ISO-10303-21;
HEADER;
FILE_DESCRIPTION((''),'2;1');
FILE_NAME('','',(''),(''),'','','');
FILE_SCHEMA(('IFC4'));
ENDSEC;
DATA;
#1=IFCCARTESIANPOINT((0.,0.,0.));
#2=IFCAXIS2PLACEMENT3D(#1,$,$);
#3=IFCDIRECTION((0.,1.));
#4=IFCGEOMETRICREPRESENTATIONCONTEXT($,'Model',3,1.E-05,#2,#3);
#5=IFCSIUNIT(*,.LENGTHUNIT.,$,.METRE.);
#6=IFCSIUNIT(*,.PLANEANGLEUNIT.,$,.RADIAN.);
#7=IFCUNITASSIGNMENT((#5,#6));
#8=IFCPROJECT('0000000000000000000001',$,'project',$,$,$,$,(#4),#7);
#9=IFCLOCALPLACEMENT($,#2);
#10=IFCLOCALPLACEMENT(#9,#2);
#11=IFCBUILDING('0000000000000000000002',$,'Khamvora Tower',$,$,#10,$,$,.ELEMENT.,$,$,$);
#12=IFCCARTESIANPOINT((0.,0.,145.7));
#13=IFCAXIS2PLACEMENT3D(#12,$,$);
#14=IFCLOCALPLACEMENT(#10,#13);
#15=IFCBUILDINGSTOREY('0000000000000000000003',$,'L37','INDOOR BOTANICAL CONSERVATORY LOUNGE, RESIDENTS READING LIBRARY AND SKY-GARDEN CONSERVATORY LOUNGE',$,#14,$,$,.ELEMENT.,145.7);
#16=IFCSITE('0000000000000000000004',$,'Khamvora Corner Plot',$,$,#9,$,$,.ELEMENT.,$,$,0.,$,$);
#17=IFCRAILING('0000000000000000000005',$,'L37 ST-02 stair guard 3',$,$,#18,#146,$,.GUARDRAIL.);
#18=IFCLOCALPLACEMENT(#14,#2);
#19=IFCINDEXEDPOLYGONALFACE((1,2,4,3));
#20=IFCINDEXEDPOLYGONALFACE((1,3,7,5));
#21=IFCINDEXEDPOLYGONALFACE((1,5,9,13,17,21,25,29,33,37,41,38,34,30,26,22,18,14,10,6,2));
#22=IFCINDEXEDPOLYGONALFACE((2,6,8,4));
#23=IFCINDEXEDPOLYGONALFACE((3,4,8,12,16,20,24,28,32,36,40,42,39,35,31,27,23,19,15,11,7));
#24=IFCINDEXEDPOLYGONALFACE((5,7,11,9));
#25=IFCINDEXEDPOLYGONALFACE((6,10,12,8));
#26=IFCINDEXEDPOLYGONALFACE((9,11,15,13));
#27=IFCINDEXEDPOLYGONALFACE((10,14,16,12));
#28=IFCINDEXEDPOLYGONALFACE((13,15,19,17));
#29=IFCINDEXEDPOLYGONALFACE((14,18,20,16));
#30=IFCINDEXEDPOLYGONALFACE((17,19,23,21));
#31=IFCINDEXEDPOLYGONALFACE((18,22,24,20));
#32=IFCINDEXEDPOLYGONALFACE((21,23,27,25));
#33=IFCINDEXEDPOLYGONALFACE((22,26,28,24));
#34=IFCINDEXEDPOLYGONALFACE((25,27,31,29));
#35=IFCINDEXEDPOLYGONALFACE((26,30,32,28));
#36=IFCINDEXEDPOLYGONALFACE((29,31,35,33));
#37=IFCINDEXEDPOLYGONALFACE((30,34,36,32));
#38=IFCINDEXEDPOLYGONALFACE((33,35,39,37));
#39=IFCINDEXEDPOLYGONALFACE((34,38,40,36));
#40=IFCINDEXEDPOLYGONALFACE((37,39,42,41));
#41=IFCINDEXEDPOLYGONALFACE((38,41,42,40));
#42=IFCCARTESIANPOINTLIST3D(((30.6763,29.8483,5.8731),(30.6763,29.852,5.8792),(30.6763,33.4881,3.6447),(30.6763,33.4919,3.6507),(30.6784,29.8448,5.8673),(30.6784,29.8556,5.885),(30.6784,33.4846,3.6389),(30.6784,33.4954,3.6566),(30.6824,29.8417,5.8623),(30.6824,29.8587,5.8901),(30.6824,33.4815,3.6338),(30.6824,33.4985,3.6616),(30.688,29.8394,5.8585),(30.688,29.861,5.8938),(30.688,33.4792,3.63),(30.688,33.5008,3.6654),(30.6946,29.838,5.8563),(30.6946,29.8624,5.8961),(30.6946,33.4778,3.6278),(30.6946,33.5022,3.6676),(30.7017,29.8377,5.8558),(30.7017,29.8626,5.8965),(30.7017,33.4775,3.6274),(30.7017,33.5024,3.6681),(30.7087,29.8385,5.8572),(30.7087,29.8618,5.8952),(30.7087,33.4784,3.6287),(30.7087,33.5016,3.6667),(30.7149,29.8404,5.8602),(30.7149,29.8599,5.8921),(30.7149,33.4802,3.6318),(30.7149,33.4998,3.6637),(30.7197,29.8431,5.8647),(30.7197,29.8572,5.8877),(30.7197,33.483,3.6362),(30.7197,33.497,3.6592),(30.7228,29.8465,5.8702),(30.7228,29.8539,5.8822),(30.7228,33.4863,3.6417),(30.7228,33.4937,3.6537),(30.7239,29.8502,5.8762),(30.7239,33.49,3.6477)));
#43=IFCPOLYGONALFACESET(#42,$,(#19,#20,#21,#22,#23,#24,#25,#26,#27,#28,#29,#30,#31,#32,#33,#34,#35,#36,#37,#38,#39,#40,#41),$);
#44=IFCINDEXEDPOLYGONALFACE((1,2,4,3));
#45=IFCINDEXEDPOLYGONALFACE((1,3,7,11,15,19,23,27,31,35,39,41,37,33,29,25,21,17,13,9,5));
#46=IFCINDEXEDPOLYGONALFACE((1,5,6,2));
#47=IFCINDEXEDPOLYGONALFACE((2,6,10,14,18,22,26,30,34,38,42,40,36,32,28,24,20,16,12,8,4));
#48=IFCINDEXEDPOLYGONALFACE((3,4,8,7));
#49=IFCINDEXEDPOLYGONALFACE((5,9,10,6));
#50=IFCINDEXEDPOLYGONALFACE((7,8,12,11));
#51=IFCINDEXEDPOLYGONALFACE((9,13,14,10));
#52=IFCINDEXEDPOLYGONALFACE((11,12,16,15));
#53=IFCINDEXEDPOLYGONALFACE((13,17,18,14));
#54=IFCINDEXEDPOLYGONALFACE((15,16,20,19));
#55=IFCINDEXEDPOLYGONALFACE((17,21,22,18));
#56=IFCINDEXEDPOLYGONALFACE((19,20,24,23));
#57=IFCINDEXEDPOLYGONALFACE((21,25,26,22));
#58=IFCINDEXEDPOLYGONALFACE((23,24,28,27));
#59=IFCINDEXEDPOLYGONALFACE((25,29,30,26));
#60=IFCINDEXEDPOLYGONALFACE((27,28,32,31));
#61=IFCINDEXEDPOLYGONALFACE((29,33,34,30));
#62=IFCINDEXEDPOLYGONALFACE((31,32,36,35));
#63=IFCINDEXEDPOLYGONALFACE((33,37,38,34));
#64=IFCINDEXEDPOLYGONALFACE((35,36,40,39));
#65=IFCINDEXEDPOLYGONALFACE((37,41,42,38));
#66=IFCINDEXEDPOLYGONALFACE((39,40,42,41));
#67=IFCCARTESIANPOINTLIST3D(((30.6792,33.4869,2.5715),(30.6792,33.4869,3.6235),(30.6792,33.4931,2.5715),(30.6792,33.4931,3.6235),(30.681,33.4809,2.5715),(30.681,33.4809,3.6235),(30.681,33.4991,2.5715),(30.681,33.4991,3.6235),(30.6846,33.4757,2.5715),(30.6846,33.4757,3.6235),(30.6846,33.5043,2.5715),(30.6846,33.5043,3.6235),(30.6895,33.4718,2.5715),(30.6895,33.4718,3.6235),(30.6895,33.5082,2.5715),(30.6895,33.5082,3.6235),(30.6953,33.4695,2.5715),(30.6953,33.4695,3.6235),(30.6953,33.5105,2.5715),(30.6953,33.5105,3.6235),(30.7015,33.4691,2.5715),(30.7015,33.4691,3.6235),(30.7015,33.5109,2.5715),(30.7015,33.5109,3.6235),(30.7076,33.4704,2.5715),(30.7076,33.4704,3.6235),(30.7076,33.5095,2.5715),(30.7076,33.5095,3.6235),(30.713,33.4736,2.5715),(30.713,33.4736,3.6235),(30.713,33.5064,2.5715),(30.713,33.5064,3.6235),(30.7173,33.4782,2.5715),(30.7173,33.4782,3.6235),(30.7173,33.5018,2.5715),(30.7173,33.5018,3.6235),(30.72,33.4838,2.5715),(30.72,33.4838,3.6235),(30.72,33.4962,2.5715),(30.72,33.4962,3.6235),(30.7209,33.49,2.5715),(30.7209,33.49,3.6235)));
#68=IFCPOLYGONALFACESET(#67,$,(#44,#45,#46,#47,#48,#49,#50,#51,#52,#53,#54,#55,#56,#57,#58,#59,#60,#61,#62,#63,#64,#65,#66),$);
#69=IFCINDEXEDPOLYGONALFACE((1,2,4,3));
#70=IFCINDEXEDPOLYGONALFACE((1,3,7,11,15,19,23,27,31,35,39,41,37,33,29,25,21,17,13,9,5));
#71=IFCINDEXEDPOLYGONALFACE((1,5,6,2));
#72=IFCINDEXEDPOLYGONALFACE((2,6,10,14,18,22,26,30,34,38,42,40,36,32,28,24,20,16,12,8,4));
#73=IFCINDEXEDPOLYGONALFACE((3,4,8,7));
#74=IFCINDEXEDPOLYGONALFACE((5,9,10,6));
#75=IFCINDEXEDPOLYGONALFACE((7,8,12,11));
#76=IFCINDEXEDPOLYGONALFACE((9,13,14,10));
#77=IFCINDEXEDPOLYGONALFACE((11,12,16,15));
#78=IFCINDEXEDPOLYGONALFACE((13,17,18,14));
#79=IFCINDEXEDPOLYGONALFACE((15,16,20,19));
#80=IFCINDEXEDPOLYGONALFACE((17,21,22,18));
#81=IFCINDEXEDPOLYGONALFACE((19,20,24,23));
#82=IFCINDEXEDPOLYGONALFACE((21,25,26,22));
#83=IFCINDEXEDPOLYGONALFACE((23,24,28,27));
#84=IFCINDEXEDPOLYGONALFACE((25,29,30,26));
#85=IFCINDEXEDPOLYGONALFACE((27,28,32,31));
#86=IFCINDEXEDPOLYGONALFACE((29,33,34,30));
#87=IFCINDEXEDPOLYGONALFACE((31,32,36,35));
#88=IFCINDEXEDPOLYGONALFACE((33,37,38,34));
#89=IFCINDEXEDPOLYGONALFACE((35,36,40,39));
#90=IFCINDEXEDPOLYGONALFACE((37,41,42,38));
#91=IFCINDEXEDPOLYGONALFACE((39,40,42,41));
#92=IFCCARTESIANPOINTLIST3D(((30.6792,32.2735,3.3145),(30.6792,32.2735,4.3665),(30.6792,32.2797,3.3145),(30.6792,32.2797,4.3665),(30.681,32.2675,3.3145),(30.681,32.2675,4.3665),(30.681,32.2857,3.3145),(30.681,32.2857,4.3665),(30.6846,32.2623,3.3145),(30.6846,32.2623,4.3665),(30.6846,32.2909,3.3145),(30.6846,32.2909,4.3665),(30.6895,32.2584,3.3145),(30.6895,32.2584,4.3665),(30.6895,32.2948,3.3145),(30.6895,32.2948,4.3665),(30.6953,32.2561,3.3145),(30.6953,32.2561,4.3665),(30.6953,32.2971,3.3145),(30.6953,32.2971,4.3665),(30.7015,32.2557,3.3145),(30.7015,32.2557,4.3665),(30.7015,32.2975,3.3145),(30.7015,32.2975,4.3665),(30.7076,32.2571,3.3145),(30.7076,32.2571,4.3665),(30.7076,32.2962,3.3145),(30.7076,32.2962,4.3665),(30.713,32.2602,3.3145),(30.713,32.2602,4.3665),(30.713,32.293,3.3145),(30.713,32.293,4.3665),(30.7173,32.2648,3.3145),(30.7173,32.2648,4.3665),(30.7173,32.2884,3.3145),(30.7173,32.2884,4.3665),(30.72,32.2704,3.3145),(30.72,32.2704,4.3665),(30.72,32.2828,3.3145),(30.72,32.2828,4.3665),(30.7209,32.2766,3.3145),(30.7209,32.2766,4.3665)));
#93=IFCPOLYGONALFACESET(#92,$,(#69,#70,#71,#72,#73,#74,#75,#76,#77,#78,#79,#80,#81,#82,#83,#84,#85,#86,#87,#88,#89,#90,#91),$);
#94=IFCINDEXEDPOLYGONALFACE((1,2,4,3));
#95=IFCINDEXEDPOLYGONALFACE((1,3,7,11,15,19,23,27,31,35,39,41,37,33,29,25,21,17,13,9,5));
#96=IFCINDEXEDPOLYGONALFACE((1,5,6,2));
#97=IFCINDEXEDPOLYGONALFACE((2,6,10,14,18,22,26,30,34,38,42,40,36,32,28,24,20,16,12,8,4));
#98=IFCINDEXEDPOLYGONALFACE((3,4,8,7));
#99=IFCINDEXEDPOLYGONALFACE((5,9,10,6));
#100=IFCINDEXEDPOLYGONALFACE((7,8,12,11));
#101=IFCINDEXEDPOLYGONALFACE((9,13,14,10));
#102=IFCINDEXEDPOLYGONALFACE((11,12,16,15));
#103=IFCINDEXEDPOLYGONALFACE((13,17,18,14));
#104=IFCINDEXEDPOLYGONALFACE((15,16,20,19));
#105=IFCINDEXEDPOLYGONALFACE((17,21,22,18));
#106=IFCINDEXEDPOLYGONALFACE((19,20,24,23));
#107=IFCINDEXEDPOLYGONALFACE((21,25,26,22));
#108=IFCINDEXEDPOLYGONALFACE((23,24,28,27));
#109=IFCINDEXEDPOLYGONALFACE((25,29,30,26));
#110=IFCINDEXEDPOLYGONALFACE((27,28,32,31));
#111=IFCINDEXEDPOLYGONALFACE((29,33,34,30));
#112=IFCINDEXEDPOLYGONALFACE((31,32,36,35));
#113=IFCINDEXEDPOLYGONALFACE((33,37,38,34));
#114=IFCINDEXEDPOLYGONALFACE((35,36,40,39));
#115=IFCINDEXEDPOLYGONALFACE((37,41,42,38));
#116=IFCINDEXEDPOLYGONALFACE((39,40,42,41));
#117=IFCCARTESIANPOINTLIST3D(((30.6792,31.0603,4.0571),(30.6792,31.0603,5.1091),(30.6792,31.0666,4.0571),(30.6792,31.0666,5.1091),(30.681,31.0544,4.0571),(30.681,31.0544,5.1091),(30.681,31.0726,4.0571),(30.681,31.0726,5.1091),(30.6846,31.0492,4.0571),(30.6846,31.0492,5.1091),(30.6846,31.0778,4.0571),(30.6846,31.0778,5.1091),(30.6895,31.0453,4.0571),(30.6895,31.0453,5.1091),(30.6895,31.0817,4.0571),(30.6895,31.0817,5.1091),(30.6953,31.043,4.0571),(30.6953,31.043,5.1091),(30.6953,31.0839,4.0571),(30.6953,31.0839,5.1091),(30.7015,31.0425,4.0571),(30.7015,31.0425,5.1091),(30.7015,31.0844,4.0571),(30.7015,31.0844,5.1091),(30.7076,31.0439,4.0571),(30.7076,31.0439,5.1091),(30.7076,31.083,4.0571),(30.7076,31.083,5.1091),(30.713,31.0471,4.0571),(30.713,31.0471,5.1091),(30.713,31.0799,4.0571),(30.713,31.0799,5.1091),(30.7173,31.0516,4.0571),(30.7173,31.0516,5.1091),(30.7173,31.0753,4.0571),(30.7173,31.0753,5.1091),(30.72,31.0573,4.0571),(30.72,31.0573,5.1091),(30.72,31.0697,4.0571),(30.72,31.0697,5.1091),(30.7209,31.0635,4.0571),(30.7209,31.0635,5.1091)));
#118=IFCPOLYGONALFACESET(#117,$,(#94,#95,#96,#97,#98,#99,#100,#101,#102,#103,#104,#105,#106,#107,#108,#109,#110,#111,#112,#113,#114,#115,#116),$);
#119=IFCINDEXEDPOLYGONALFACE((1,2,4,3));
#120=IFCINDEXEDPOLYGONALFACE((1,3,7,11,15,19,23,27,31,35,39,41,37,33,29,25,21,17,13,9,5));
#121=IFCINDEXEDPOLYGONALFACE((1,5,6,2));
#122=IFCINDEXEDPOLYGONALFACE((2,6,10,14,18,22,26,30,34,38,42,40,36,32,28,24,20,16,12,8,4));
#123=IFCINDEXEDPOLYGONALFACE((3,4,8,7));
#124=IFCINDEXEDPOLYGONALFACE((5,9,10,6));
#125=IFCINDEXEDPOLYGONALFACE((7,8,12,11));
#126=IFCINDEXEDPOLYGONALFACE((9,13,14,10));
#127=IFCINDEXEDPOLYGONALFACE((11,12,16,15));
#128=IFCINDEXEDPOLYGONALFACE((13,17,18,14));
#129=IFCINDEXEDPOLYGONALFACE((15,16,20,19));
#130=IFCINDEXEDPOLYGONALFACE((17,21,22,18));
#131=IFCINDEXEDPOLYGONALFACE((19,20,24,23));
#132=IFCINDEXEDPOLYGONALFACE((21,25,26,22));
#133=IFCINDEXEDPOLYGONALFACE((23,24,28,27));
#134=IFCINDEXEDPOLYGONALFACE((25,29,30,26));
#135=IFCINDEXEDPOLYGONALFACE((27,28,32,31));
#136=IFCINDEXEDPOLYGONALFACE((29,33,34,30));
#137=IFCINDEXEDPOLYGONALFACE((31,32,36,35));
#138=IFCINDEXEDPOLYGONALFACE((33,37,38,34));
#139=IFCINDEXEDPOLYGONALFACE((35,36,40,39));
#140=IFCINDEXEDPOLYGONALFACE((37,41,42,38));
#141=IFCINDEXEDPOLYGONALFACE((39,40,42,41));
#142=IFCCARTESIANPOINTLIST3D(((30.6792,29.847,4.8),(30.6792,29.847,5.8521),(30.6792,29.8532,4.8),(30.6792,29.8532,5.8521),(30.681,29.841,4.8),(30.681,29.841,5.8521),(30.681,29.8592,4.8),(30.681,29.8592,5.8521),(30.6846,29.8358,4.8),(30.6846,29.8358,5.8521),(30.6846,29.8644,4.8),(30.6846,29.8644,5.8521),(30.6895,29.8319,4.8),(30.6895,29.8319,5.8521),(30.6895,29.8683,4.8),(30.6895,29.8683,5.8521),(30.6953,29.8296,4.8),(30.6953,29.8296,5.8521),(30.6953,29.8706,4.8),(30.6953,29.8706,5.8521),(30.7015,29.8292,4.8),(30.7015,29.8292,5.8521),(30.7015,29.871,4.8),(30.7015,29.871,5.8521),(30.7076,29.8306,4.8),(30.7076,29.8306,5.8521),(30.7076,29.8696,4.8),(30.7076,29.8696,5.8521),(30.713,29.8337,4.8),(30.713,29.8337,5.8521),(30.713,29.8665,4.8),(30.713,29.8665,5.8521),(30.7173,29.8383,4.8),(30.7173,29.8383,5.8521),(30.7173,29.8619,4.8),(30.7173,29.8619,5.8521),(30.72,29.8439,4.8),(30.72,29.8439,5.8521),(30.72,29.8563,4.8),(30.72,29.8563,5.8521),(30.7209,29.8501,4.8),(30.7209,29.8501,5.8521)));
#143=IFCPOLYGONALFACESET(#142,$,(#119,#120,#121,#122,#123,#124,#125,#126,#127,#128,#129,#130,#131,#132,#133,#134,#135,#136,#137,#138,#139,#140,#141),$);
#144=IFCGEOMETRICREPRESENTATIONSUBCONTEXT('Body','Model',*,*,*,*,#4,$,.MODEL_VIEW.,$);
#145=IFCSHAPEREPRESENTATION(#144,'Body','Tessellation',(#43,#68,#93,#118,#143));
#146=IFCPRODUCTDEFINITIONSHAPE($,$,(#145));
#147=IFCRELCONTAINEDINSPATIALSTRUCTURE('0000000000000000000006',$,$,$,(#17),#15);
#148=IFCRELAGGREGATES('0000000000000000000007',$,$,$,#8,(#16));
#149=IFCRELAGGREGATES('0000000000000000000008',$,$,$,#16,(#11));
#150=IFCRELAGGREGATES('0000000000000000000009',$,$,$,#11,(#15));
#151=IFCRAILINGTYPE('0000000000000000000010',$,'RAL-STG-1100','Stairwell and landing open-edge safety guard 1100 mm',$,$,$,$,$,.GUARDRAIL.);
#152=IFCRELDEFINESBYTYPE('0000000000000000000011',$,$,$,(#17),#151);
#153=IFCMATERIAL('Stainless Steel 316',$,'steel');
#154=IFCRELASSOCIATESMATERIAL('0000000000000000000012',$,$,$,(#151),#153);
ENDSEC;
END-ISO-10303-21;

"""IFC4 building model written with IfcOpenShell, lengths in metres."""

from ifc_helpers import new_model, si_unit, direction, frame, origin, origin_2d, place, context, subcontext, project, spatial, circle, extrude, material, type_object, element, save


model = new_model("IFC4")

# Units and contexts
model_context = context("Model", 3, precision=1e-05, world=origin(), true_north=direction((0.0, 1.0)))
body_context = subcontext(model_context, "Body", "Model", "MODEL_VIEW")
ifc_project = project(units=[si_unit("LENGTHUNIT", "METRE"), si_unit("PLANEANGLEUNIT", "RADIAN")], contexts=[model_context])

# Site, building, storey
site_placement = place(None, origin())
site = spatial("IfcSite", under=ifc_project, at=site_placement, Name="Khamvora Corner Plot", CompositionType="ELEMENT", RefElevation=0.0)
building_placement = place(site_placement, origin())
building = spatial("IfcBuilding", under=site, at=building_placement, Name="Khamvora Tower", CompositionType="ELEMENT")
storey_placement = place(building_placement, frame((0.0, 0.0, 145.7)))
storey = spatial("IfcBuildingStorey", under=building, at=storey_placement, Name="L37", Description="INDOOR BOTANICAL CONSERVATORY LOUNGE, RESIDENTS READING LIBRARY AND SKY-GARDEN CONSERVATORY LOUNGE", CompositionType="ELEMENT", Elevation=145.7)

# Railing
ifc_material_1 = material(Name="Stainless Steel 316", Category="steel")
railing_type_1 = type_object("IfcRailingType", Name="RAL-STG-1100", Description="Stairwell and landing open-edge safety guard 1100 mm", PredefinedType="GUARDRAIL", material=ifc_material_1)
railing_1_placement = place(storey_placement, frame((30.7, 33.49, 2.5715)))
element("IfcRailing", 1, at=railing_1_placement, inside=storey, type_object=railing_type_1, Name="L37 ST-02 stair guard 3", PredefinedType="GUARDRAIL", context=body_context, shape_type="SweptSolid", body=[
    extrude(circle(Radius=0.0239, at=origin_2d()), frame((0.0, 0.0, 1.0762), z_axis=(0.0, -0.85285, 0.522156), x_axis=(1.0, 0.0, 0.0)), (0.0, 0.0, 1.0), 4.2678),
    extrude(circle(Radius=0.021, at=origin_2d()), origin(), (0.0, 0.0, 1.0), 1.052),
    extrude(circle(Radius=0.021, at=origin_2d()), frame((0.0, -1.2134, 0.7429)), (0.0, 0.0, 1.0), 1.052),
    extrude(circle(Radius=0.021, at=origin_2d()), frame((0.0, -2.4265, 1.4856)), (0.0, 0.0, 1.0), 1.052),
    extrude(circle(Radius=0.021, at=origin_2d()), frame((0.0, -3.6399, 2.2285)), (0.0, 0.0, 1.0), 1.052),
])

save(model, "model.ifc")
